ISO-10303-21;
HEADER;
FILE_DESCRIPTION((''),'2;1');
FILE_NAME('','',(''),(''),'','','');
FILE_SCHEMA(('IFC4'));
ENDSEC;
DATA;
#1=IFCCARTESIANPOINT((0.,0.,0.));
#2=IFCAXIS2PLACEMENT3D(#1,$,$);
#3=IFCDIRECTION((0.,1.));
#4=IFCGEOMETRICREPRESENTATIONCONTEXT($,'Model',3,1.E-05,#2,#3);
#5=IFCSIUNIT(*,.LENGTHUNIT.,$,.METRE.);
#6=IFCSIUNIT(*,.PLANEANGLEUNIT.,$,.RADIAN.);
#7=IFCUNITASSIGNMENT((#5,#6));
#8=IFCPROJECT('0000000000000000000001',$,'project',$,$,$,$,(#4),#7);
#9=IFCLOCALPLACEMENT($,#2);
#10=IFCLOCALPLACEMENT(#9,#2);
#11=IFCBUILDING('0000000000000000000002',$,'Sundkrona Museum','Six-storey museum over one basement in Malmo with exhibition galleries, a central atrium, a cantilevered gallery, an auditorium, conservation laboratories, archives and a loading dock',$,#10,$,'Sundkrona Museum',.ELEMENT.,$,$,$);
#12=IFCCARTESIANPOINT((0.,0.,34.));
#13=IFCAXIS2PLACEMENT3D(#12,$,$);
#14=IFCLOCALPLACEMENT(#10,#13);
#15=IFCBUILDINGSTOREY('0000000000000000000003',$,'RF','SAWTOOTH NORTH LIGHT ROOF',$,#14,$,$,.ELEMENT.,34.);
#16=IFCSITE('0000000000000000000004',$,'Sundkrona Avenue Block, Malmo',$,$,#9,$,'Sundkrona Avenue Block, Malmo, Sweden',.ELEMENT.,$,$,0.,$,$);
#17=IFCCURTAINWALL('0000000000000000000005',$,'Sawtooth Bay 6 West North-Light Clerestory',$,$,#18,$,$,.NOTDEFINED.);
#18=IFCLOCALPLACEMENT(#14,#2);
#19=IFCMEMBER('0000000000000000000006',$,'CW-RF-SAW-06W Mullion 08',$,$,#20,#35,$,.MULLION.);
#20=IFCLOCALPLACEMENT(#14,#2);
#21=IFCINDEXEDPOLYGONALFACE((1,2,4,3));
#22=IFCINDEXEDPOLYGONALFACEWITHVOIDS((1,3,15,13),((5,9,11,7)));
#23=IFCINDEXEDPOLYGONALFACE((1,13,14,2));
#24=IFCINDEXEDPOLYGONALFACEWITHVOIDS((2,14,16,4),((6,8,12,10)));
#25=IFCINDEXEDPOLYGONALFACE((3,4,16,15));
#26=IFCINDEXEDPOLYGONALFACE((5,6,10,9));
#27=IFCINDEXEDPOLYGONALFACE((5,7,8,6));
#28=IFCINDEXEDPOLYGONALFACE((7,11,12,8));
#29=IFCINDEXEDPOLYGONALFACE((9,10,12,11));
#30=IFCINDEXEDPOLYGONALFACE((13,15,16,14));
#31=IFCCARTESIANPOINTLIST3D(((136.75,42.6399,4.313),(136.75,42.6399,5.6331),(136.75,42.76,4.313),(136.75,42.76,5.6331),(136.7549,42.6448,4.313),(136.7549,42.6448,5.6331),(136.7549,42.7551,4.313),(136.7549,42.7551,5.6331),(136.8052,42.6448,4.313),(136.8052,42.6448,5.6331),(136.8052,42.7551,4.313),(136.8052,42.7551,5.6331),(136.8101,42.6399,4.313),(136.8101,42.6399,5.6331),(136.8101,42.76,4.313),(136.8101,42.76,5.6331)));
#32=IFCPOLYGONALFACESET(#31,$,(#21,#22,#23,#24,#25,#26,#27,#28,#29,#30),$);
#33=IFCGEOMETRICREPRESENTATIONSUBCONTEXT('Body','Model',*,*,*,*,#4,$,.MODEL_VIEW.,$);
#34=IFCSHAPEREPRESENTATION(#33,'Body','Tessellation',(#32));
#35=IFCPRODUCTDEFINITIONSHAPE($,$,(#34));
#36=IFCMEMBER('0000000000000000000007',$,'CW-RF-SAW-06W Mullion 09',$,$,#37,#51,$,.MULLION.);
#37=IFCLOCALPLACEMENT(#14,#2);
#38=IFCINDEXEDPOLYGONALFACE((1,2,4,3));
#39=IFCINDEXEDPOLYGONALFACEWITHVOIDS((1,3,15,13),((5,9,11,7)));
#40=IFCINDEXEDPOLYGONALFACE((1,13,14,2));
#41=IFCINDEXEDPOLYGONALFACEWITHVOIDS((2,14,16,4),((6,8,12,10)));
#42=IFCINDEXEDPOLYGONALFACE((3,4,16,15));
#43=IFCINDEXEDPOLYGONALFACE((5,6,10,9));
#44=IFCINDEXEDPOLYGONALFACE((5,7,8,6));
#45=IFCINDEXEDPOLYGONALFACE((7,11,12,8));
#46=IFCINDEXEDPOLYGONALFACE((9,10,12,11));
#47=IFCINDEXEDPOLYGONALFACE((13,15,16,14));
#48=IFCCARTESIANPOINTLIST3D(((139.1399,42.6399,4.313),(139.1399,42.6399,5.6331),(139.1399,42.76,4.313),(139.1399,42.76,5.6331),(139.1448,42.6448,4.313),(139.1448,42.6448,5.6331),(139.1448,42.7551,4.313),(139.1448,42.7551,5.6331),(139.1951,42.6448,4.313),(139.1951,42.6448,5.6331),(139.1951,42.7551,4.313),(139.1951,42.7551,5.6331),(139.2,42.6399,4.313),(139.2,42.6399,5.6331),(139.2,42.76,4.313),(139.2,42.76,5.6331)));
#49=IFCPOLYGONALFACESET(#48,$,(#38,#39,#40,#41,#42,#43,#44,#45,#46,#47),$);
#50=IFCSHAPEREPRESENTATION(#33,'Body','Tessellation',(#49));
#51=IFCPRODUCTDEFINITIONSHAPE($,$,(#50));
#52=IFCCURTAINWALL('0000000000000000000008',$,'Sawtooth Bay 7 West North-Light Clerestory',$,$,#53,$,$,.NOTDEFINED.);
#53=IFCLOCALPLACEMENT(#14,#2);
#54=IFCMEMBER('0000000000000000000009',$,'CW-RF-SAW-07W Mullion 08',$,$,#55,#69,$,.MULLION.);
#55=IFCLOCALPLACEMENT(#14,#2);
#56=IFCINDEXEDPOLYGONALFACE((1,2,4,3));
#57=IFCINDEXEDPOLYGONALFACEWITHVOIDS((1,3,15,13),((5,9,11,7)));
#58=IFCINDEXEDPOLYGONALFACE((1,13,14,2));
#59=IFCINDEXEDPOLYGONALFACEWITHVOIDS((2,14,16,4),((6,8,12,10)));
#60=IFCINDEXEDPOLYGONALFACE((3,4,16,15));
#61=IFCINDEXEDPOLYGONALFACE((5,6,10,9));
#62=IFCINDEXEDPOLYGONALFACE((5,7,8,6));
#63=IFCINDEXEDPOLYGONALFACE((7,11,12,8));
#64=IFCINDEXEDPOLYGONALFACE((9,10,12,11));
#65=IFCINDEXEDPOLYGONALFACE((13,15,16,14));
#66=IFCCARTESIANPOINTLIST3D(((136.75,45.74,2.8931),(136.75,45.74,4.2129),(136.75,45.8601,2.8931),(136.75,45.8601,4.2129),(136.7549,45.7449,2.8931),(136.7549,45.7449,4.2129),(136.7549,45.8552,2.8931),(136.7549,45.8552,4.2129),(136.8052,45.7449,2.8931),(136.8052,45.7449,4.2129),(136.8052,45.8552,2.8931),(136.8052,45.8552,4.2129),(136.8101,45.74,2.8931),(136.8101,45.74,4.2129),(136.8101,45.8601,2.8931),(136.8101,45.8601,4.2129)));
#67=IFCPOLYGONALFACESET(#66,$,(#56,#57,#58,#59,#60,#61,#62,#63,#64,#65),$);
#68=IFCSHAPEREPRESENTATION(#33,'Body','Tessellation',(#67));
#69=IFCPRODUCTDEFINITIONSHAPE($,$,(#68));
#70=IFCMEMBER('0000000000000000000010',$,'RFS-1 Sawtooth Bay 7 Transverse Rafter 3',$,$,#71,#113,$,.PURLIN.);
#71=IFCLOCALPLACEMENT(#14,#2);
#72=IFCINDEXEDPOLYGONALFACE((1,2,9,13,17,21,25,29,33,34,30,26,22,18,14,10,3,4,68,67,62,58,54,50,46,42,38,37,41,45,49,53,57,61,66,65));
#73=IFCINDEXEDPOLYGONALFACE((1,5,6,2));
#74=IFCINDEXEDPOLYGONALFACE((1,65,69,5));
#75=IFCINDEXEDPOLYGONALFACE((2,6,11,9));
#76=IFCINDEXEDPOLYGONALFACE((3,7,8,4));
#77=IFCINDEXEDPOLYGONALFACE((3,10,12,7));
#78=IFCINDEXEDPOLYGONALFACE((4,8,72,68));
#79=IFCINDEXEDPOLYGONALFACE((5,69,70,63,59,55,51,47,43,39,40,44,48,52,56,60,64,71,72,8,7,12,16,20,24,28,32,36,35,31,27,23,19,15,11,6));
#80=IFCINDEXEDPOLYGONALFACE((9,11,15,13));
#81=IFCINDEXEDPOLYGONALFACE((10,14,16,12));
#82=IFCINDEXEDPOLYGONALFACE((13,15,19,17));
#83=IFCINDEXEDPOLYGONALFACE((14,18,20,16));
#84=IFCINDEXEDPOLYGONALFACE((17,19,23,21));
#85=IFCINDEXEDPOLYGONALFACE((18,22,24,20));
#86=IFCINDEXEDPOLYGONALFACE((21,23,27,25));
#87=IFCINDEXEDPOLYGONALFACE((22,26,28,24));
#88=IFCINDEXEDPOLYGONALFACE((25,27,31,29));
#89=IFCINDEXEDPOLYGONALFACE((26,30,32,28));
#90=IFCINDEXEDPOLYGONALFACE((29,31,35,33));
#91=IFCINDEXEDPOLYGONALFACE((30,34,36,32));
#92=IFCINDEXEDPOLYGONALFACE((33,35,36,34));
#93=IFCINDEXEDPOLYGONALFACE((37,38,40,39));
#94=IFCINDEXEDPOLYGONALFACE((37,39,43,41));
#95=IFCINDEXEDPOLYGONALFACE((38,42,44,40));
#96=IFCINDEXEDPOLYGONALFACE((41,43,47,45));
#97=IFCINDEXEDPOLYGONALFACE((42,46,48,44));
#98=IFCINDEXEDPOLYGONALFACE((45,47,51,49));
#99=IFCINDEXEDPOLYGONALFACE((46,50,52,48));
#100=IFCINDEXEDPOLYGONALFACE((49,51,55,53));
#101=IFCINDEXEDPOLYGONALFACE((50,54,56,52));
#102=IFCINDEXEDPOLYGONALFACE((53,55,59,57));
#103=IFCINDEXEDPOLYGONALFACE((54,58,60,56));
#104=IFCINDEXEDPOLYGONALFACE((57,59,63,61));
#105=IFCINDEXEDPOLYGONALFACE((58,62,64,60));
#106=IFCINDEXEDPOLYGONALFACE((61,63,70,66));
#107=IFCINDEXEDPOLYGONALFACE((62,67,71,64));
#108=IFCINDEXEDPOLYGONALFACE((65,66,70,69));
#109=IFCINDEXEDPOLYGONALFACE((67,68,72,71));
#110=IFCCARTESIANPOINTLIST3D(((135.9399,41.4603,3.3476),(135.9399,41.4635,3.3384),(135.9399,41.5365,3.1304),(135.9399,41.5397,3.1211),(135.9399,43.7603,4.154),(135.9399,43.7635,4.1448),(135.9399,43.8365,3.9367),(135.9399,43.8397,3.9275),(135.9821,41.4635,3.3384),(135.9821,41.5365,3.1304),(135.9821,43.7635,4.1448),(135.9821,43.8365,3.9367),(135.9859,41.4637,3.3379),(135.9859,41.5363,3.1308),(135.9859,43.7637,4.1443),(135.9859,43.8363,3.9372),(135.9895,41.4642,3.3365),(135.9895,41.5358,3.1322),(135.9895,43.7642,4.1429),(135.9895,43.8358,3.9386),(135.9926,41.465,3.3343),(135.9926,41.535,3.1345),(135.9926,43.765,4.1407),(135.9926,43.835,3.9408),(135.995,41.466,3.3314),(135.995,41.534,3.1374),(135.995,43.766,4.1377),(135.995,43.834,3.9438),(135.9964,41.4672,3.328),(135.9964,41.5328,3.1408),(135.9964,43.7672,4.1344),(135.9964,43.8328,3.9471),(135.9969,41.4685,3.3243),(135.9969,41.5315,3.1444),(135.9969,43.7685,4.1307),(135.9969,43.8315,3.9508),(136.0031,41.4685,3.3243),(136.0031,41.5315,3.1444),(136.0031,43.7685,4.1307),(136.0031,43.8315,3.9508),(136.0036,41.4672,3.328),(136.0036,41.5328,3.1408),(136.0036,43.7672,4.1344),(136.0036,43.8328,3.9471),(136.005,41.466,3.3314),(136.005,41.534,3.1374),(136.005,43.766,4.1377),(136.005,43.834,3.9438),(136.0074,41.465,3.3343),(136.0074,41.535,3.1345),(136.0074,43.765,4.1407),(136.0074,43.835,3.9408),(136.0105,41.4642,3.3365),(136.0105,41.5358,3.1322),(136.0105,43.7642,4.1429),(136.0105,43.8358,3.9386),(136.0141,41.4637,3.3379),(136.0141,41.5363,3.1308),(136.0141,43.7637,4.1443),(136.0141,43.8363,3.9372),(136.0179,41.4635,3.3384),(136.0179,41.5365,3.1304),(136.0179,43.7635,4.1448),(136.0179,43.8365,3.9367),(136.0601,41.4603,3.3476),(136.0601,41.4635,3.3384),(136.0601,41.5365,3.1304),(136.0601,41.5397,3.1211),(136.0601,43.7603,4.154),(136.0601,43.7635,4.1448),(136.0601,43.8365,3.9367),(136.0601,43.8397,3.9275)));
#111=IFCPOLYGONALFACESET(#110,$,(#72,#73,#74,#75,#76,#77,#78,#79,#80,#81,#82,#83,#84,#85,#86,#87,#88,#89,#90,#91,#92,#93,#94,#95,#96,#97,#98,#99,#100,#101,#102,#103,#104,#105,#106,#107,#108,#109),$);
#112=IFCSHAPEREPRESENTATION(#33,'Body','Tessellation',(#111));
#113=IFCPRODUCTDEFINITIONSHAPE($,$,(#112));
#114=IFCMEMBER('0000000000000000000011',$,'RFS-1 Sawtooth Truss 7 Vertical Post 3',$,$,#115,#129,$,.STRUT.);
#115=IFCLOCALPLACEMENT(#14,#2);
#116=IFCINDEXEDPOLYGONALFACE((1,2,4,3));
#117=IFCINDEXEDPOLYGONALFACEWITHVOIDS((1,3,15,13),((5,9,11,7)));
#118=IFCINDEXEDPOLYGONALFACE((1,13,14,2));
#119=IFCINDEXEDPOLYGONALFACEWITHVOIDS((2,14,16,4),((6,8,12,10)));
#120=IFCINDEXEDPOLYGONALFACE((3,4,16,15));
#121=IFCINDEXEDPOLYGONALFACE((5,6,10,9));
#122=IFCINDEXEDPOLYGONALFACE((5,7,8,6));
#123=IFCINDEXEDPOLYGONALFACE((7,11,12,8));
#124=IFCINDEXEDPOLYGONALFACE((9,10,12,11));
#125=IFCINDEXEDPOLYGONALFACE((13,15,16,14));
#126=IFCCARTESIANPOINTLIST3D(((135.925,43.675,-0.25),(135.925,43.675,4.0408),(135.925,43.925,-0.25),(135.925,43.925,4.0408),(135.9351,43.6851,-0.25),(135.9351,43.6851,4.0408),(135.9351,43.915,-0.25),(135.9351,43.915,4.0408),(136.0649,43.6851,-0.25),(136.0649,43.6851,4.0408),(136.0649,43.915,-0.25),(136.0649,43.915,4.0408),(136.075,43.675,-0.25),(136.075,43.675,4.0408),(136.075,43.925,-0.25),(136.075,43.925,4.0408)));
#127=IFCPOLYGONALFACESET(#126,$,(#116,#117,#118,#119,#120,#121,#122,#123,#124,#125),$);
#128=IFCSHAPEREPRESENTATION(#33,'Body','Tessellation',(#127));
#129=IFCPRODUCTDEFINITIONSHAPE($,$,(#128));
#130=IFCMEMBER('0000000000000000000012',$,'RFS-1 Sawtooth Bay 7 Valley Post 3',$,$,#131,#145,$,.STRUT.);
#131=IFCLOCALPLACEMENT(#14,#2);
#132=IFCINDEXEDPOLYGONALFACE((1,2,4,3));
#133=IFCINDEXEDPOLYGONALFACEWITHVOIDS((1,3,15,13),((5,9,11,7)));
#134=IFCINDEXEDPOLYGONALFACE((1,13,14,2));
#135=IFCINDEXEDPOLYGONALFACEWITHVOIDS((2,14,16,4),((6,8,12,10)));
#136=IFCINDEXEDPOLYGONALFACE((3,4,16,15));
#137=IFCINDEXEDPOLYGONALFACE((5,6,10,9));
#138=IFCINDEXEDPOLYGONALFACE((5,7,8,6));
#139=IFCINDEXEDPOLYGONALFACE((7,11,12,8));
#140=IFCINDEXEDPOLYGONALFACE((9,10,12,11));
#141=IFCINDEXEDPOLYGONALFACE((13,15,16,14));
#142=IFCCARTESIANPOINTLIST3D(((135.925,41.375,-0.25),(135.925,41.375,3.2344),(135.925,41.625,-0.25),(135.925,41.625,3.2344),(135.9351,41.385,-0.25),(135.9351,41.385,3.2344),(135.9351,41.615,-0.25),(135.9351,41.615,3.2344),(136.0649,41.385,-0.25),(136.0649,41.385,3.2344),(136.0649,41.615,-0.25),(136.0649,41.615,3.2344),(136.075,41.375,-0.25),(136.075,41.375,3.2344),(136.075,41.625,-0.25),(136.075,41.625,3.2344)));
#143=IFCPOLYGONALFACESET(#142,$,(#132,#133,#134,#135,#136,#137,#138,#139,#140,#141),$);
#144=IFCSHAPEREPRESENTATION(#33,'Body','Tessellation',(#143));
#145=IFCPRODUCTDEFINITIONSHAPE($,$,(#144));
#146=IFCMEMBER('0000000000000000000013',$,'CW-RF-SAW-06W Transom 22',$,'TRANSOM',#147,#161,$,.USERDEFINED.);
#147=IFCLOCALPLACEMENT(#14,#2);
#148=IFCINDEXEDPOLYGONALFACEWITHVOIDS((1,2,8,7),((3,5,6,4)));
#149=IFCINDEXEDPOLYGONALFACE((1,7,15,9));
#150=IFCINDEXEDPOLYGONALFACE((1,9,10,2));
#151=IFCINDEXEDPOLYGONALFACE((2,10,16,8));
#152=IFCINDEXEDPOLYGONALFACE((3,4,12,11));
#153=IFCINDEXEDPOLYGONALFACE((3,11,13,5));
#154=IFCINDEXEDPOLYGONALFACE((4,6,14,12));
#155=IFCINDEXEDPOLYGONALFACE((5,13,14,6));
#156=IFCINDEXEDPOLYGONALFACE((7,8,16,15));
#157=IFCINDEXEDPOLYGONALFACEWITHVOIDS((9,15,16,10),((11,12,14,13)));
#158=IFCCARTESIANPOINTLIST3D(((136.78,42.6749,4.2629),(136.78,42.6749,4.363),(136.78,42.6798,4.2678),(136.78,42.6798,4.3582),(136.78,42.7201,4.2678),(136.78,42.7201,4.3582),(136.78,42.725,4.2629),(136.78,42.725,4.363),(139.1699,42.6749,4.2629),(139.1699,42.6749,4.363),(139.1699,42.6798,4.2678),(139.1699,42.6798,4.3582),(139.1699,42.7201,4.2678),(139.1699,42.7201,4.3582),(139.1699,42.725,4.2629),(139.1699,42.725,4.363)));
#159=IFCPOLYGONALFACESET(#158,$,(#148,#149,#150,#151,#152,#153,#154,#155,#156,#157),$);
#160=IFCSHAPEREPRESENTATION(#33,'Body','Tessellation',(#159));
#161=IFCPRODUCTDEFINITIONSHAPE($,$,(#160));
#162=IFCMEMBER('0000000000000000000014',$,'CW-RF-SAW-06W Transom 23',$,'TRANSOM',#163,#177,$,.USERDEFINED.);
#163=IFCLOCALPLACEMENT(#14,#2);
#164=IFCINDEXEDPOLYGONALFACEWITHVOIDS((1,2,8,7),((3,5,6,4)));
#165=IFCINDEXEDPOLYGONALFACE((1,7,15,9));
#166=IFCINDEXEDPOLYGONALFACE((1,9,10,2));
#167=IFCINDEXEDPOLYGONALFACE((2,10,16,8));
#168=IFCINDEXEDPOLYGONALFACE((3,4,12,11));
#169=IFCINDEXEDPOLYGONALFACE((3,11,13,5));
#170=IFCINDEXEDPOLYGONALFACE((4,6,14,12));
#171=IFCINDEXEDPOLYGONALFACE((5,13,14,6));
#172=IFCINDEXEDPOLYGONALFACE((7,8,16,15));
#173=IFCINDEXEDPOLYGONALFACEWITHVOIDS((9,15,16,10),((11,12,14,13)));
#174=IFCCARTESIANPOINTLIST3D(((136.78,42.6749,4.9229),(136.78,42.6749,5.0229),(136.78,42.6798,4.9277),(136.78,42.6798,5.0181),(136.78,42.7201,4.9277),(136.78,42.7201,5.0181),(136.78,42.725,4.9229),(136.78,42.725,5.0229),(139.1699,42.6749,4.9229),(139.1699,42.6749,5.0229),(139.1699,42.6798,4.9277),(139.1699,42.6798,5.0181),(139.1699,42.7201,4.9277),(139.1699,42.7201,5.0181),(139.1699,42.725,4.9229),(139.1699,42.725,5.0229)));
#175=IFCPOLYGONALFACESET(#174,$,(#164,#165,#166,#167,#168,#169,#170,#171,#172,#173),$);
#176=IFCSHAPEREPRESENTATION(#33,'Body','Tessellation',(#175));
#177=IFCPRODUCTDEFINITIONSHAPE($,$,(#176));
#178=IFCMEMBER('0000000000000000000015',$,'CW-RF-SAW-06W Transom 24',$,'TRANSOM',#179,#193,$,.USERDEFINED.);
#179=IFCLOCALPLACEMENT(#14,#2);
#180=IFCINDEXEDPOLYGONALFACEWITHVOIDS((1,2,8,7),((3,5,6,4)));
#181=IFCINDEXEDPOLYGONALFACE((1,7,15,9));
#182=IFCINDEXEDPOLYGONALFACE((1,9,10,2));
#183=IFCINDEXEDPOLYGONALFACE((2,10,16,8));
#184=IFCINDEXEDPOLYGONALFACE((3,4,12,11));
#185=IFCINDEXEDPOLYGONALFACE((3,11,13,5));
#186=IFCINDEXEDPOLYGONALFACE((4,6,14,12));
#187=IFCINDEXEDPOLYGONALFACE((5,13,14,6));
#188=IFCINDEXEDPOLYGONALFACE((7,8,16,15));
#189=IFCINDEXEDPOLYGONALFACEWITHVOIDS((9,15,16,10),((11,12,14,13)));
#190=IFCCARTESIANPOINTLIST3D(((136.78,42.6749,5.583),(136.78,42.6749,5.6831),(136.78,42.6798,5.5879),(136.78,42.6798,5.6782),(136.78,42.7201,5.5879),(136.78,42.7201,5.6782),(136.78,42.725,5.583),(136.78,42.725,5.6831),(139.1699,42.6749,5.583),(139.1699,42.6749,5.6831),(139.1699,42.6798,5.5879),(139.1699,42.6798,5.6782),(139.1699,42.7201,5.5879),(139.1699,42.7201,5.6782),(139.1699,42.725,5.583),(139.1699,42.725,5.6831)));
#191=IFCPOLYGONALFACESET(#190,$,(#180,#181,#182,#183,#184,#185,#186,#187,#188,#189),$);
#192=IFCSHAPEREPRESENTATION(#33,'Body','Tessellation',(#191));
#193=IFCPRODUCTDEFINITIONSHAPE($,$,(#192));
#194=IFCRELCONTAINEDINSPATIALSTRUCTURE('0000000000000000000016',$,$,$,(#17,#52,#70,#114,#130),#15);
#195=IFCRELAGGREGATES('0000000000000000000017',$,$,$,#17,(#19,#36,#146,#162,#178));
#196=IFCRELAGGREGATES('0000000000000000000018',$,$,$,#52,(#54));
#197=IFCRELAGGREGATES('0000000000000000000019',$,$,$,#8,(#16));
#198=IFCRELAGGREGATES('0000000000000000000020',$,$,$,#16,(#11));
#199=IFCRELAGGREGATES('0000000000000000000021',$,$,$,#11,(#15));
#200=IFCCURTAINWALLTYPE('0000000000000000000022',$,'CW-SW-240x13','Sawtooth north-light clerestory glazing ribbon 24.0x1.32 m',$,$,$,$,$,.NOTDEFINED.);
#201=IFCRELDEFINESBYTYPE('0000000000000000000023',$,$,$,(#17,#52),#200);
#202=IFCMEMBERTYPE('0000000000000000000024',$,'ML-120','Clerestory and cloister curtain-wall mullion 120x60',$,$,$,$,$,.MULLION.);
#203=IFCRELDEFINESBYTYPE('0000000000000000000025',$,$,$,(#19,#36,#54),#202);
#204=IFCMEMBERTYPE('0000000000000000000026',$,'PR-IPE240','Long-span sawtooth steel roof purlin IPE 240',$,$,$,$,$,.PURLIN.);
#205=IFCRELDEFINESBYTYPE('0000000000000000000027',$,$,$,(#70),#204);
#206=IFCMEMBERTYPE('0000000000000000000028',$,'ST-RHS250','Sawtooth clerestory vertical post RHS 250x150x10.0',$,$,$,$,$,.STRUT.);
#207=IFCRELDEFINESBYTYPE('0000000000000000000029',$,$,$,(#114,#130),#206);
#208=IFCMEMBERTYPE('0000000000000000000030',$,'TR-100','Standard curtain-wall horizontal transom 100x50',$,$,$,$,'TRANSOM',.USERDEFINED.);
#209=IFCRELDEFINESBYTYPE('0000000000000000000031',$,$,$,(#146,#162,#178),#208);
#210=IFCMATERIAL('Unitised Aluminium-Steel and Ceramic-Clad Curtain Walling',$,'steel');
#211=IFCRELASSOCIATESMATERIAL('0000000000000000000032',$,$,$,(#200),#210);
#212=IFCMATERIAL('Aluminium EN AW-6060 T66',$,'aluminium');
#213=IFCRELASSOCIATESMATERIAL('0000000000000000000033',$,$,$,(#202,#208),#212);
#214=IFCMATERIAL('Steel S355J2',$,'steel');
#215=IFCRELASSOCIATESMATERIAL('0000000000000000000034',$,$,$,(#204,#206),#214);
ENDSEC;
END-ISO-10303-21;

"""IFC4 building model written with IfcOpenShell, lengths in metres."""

from ifc_helpers import new_model, si_unit, direction, frame, origin, origin_2d, place, context, subcontext, project, spatial, hollow_rectangle, i_section, extrude, material, material_profile, profile_set, type_object, element, aggregate, save


model = new_model("IFC4")

# Units and contexts
model_context = context("Model", 3, precision=1e-05, world=origin(), true_north=direction((0.0, 1.0)))
body_context = subcontext(model_context, "Body", "Model", "MODEL_VIEW")
ifc_project = project(units=[si_unit("LENGTHUNIT", "METRE"), si_unit("PLANEANGLEUNIT", "RADIAN")], contexts=[model_context])

# Site, building, storey
site_placement = place(None, origin())
site = spatial("IfcSite", under=ifc_project, at=site_placement, Name="Sundkrona Avenue Block, Malmo", LongName="Sundkrona Avenue Block, Malmo, Sweden", CompositionType="ELEMENT", RefElevation=0.0)
building_placement = place(site_placement, origin())
building = spatial("IfcBuilding", under=site, at=building_placement, Name="Sundkrona Museum", Description="Six-storey museum over one basement in Malmo with exhibition galleries, a central atrium, a cantilevered gallery, an auditorium, conservation laboratories, archives and a loading dock", LongName="Sundkrona Museum", CompositionType="ELEMENT")
storey_placement = place(building_placement, frame((0.0, 0.0, 34.0)))
storey = spatial("IfcBuildingStorey", under=building, at=storey_placement, Name="RF", Description="SAWTOOTH NORTH LIGHT ROOF", CompositionType="ELEMENT", Elevation=34.0)

# Curtain wall, members
ifc_material_1 = material(Name="Unitised Aluminium-Steel and Ceramic-Clad Curtain Walling", Category="steel")
curtain_wall_type = type_object("IfcCurtainWallType", Name="CW-SW-240x13", Description="Sawtooth north-light clerestory glazing ribbon 24.0x1.32 m", PredefinedType="NOTDEFINED", material=ifc_material_1)
curtain_wall_1_placement = place(storey_placement, origin())
curtain_wall_1 = element("IfcCurtainWall", 1, at=curtain_wall_1_placement, inside=storey, type_object=curtain_wall_type, Name="Sawtooth Bay 6 West North-Light Clerestory", PredefinedType="NOTDEFINED")
ifc_material_2 = material(Name="Aluminium EN AW-6060 T66", Category="aluminium")
ifc_material_profile_1 = material_profile(ifc_material_2, hollow_rectangle(XDim=0.0601, YDim=0.1201, WallThickness=0.0049, at=origin_2d()), Name="RHS 120x60x5.0")
ifc_profile_set_1 = profile_set([ifc_material_profile_1], Name="Aluminium EN AW-6060 T66")
member_type_1 = type_object("IfcMemberType", Name="ML-120", Description="Clerestory and cloister curtain-wall mullion 120x60", PredefinedType="MULLION", material=ifc_profile_set_1)
member_1_placement = place(storey_placement, frame((136.78, 42.7, 4.313), z_axis=(0.0, 0.0, 1.0), x_axis=(1.0, 0.0, 0.0)))
member_1 = element("IfcMember", 2, at=member_1_placement, type_object=member_type_1, Name="CW-RF-SAW-06W Mullion 08", PredefinedType="MULLION", context=body_context, shape_type="SweptSolid", body=[
    extrude(hollow_rectangle(XDim=0.0601, YDim=0.1201, WallThickness=0.0049, at=origin_2d()), origin(), (0.0, 0.0, 1.0), 1.3201),
])
member_2_placement = place(storey_placement, frame((139.1699, 42.7, 4.313), z_axis=(0.0, 0.0, 1.0), x_axis=(1.0, 0.0, 0.0)))
member_2 = element("IfcMember", 3, at=member_2_placement, type_object=member_type_1, Name="CW-RF-SAW-06W Mullion 09", PredefinedType="MULLION", context=body_context, shape_type="SweptSolid", body=[
    extrude(hollow_rectangle(XDim=0.0601, YDim=0.1201, WallThickness=0.0049, at=origin_2d()), origin(), (0.0, 0.0, 1.0), 1.3201),
])

# Curtain wall, member
curtain_wall_2_placement = place(storey_placement, origin())
curtain_wall_2 = element("IfcCurtainWall", 4, at=curtain_wall_2_placement, inside=storey, type_object=curtain_wall_type, Name="Sawtooth Bay 7 West North-Light Clerestory", PredefinedType="NOTDEFINED")
member_3_placement = place(storey_placement, frame((136.78, 45.8, 2.8931), z_axis=(0.0, 0.0, 1.0), x_axis=(1.0, 0.0, 0.0)))
member_3 = element("IfcMember", 5, at=member_3_placement, type_object=member_type_1, Name="CW-RF-SAW-07W Mullion 08", PredefinedType="MULLION", context=body_context, shape_type="SweptSolid", body=[
    extrude(hollow_rectangle(XDim=0.0601, YDim=0.1201, WallThickness=0.0049, at=origin_2d()), origin(), (0.0, 0.0, 1.0), 1.3198),
])

# Members
ifc_material_3 = material(Name="Steel S355J2", Category="steel")
ifc_material_profile_2 = material_profile(ifc_material_3, i_section(OverallWidth=0.1201, OverallDepth=0.24, WebThickness=0.0061, FlangeThickness=0.0098, FilletRadius=0.0149, at=origin_2d()), Name="IPE 240")
ifc_profile_set_2 = profile_set([ifc_material_profile_2], Name="Steel S355J2")
member_type_2 = type_object("IfcMemberType", Name="PR-IPE240", Description="Long-span sawtooth steel roof purlin IPE 240", PredefinedType="PURLIN", material=ifc_profile_set_2)
member_4_placement = place(storey_placement, frame((136.0, 41.5, 3.2344), z_axis=(0.0, 0.943682, 0.330855), x_axis=(-1.0, 0.0, 0.0)))
element("IfcMember", 6, at=member_4_placement, inside=storey, type_object=member_type_2, Name="RFS-1 Sawtooth Bay 7 Transverse Rafter 3", PredefinedType="PURLIN", context=body_context, shape_type="SweptSolid", body=[
    extrude(i_section(OverallWidth=0.1201, OverallDepth=0.24, WebThickness=0.0061, FlangeThickness=0.0098, FilletRadius=0.0149, at=origin_2d()), origin(), (0.0, 0.0, 1.0), 2.4373),
])
ifc_material_profile_3 = material_profile(ifc_material_3, hollow_rectangle(XDim=0.1499, YDim=0.25, WallThickness=0.01, at=origin_2d()), Name="RHS 250x150x10.0")
ifc_profile_set_3 = profile_set([ifc_material_profile_3], Name="Steel S355J2")
member_type_3 = type_object("IfcMemberType", Name="ST-RHS250", Description="Sawtooth clerestory vertical post RHS 250x150x10.0", PredefinedType="STRUT", material=ifc_profile_set_3)
member_5_placement = place(storey_placement, frame((136.0, 43.8, -0.25), z_axis=(0.0, 0.0, 1.0), x_axis=(1.0, 0.0, 0.0)))
element("IfcMember", 7, at=member_5_placement, inside=storey, type_object=member_type_3, Name="RFS-1 Sawtooth Truss 7 Vertical Post 3", PredefinedType="STRUT", context=body_context, shape_type="SweptSolid", body=[
    extrude(hollow_rectangle(XDim=0.1499, YDim=0.25, WallThickness=0.01, at=origin_2d()), origin(), (0.0, 0.0, 1.0), 4.2908),
])
member_6_placement = place(storey_placement, frame((136.0, 41.5, -0.25), z_axis=(0.0, 0.0, 1.0), x_axis=(1.0, 0.0, 0.0)))
element("IfcMember", 8, at=member_6_placement, inside=storey, type_object=member_type_3, Name="RFS-1 Sawtooth Bay 7 Valley Post 3", PredefinedType="STRUT", context=body_context, shape_type="SweptSolid", body=[
    extrude(hollow_rectangle(XDim=0.1499, YDim=0.25, WallThickness=0.01, at=origin_2d()), origin(), (0.0, 0.0, 1.0), 3.4844),
])

# Members
ifc_material_profile_4 = material_profile(ifc_material_2, hollow_rectangle(XDim=0.05, YDim=0.1001, WallThickness=0.0049, at=origin_2d()), Name="RHS 100x50x5.0")
ifc_profile_set_4 = profile_set([ifc_material_profile_4], Name="Aluminium EN AW-6060 T66")
member_type_4 = type_object("IfcMemberType", Name="TR-100", Description="Standard curtain-wall horizontal transom 100x50", ElementType="TRANSOM", PredefinedType="USERDEFINED", material=ifc_profile_set_4)
member_7_placement = place(storey_placement, frame((136.78, 42.7, 4.313), z_axis=(1.0, 0.0, 0.0), x_axis=(0.0, 1.0, 0.0)))
member_7 = element("IfcMember", 9, at=member_7_placement, type_object=member_type_4, Name="CW-RF-SAW-06W Transom 22", ObjectType="TRANSOM", PredefinedType="USERDEFINED", context=body_context, shape_type="SweptSolid", body=[
    extrude(hollow_rectangle(XDim=0.05, YDim=0.1001, WallThickness=0.0049, at=origin_2d()), origin(), (0.0, 0.0, 1.0), 2.3899),
])
member_8_placement = place(storey_placement, frame((136.78, 42.7, 4.9729), z_axis=(1.0, 0.0, 0.0), x_axis=(0.0, 1.0, 0.0)))
member_8 = element("IfcMember", 10, at=member_8_placement, type_object=member_type_4, Name="CW-RF-SAW-06W Transom 23", ObjectType="TRANSOM", PredefinedType="USERDEFINED", context=body_context, shape_type="SweptSolid", body=[
    extrude(hollow_rectangle(XDim=0.05, YDim=0.1001, WallThickness=0.0049, at=origin_2d()), origin(), (0.0, 0.0, 1.0), 2.3899),
])
member_9_placement = place(storey_placement, frame((136.78, 42.7, 5.6331), z_axis=(1.0, 0.0, 0.0), x_axis=(0.0, 1.0, 0.0)))
member_9 = element("IfcMember", 11, at=member_9_placement, type_object=member_type_4, Name="CW-RF-SAW-06W Transom 24", ObjectType="TRANSOM", PredefinedType="USERDEFINED", context=body_context, shape_type="SweptSolid", body=[
    extrude(hollow_rectangle(XDim=0.05, YDim=0.1001, WallThickness=0.0049, at=origin_2d()), origin(), (0.0, 0.0, 1.0), 2.3899),
])

aggregate(curtain_wall_1, [member_1, member_2, member_7, member_8, member_9])
aggregate(curtain_wall_2, [member_3])

save(model, "model.ifc")
